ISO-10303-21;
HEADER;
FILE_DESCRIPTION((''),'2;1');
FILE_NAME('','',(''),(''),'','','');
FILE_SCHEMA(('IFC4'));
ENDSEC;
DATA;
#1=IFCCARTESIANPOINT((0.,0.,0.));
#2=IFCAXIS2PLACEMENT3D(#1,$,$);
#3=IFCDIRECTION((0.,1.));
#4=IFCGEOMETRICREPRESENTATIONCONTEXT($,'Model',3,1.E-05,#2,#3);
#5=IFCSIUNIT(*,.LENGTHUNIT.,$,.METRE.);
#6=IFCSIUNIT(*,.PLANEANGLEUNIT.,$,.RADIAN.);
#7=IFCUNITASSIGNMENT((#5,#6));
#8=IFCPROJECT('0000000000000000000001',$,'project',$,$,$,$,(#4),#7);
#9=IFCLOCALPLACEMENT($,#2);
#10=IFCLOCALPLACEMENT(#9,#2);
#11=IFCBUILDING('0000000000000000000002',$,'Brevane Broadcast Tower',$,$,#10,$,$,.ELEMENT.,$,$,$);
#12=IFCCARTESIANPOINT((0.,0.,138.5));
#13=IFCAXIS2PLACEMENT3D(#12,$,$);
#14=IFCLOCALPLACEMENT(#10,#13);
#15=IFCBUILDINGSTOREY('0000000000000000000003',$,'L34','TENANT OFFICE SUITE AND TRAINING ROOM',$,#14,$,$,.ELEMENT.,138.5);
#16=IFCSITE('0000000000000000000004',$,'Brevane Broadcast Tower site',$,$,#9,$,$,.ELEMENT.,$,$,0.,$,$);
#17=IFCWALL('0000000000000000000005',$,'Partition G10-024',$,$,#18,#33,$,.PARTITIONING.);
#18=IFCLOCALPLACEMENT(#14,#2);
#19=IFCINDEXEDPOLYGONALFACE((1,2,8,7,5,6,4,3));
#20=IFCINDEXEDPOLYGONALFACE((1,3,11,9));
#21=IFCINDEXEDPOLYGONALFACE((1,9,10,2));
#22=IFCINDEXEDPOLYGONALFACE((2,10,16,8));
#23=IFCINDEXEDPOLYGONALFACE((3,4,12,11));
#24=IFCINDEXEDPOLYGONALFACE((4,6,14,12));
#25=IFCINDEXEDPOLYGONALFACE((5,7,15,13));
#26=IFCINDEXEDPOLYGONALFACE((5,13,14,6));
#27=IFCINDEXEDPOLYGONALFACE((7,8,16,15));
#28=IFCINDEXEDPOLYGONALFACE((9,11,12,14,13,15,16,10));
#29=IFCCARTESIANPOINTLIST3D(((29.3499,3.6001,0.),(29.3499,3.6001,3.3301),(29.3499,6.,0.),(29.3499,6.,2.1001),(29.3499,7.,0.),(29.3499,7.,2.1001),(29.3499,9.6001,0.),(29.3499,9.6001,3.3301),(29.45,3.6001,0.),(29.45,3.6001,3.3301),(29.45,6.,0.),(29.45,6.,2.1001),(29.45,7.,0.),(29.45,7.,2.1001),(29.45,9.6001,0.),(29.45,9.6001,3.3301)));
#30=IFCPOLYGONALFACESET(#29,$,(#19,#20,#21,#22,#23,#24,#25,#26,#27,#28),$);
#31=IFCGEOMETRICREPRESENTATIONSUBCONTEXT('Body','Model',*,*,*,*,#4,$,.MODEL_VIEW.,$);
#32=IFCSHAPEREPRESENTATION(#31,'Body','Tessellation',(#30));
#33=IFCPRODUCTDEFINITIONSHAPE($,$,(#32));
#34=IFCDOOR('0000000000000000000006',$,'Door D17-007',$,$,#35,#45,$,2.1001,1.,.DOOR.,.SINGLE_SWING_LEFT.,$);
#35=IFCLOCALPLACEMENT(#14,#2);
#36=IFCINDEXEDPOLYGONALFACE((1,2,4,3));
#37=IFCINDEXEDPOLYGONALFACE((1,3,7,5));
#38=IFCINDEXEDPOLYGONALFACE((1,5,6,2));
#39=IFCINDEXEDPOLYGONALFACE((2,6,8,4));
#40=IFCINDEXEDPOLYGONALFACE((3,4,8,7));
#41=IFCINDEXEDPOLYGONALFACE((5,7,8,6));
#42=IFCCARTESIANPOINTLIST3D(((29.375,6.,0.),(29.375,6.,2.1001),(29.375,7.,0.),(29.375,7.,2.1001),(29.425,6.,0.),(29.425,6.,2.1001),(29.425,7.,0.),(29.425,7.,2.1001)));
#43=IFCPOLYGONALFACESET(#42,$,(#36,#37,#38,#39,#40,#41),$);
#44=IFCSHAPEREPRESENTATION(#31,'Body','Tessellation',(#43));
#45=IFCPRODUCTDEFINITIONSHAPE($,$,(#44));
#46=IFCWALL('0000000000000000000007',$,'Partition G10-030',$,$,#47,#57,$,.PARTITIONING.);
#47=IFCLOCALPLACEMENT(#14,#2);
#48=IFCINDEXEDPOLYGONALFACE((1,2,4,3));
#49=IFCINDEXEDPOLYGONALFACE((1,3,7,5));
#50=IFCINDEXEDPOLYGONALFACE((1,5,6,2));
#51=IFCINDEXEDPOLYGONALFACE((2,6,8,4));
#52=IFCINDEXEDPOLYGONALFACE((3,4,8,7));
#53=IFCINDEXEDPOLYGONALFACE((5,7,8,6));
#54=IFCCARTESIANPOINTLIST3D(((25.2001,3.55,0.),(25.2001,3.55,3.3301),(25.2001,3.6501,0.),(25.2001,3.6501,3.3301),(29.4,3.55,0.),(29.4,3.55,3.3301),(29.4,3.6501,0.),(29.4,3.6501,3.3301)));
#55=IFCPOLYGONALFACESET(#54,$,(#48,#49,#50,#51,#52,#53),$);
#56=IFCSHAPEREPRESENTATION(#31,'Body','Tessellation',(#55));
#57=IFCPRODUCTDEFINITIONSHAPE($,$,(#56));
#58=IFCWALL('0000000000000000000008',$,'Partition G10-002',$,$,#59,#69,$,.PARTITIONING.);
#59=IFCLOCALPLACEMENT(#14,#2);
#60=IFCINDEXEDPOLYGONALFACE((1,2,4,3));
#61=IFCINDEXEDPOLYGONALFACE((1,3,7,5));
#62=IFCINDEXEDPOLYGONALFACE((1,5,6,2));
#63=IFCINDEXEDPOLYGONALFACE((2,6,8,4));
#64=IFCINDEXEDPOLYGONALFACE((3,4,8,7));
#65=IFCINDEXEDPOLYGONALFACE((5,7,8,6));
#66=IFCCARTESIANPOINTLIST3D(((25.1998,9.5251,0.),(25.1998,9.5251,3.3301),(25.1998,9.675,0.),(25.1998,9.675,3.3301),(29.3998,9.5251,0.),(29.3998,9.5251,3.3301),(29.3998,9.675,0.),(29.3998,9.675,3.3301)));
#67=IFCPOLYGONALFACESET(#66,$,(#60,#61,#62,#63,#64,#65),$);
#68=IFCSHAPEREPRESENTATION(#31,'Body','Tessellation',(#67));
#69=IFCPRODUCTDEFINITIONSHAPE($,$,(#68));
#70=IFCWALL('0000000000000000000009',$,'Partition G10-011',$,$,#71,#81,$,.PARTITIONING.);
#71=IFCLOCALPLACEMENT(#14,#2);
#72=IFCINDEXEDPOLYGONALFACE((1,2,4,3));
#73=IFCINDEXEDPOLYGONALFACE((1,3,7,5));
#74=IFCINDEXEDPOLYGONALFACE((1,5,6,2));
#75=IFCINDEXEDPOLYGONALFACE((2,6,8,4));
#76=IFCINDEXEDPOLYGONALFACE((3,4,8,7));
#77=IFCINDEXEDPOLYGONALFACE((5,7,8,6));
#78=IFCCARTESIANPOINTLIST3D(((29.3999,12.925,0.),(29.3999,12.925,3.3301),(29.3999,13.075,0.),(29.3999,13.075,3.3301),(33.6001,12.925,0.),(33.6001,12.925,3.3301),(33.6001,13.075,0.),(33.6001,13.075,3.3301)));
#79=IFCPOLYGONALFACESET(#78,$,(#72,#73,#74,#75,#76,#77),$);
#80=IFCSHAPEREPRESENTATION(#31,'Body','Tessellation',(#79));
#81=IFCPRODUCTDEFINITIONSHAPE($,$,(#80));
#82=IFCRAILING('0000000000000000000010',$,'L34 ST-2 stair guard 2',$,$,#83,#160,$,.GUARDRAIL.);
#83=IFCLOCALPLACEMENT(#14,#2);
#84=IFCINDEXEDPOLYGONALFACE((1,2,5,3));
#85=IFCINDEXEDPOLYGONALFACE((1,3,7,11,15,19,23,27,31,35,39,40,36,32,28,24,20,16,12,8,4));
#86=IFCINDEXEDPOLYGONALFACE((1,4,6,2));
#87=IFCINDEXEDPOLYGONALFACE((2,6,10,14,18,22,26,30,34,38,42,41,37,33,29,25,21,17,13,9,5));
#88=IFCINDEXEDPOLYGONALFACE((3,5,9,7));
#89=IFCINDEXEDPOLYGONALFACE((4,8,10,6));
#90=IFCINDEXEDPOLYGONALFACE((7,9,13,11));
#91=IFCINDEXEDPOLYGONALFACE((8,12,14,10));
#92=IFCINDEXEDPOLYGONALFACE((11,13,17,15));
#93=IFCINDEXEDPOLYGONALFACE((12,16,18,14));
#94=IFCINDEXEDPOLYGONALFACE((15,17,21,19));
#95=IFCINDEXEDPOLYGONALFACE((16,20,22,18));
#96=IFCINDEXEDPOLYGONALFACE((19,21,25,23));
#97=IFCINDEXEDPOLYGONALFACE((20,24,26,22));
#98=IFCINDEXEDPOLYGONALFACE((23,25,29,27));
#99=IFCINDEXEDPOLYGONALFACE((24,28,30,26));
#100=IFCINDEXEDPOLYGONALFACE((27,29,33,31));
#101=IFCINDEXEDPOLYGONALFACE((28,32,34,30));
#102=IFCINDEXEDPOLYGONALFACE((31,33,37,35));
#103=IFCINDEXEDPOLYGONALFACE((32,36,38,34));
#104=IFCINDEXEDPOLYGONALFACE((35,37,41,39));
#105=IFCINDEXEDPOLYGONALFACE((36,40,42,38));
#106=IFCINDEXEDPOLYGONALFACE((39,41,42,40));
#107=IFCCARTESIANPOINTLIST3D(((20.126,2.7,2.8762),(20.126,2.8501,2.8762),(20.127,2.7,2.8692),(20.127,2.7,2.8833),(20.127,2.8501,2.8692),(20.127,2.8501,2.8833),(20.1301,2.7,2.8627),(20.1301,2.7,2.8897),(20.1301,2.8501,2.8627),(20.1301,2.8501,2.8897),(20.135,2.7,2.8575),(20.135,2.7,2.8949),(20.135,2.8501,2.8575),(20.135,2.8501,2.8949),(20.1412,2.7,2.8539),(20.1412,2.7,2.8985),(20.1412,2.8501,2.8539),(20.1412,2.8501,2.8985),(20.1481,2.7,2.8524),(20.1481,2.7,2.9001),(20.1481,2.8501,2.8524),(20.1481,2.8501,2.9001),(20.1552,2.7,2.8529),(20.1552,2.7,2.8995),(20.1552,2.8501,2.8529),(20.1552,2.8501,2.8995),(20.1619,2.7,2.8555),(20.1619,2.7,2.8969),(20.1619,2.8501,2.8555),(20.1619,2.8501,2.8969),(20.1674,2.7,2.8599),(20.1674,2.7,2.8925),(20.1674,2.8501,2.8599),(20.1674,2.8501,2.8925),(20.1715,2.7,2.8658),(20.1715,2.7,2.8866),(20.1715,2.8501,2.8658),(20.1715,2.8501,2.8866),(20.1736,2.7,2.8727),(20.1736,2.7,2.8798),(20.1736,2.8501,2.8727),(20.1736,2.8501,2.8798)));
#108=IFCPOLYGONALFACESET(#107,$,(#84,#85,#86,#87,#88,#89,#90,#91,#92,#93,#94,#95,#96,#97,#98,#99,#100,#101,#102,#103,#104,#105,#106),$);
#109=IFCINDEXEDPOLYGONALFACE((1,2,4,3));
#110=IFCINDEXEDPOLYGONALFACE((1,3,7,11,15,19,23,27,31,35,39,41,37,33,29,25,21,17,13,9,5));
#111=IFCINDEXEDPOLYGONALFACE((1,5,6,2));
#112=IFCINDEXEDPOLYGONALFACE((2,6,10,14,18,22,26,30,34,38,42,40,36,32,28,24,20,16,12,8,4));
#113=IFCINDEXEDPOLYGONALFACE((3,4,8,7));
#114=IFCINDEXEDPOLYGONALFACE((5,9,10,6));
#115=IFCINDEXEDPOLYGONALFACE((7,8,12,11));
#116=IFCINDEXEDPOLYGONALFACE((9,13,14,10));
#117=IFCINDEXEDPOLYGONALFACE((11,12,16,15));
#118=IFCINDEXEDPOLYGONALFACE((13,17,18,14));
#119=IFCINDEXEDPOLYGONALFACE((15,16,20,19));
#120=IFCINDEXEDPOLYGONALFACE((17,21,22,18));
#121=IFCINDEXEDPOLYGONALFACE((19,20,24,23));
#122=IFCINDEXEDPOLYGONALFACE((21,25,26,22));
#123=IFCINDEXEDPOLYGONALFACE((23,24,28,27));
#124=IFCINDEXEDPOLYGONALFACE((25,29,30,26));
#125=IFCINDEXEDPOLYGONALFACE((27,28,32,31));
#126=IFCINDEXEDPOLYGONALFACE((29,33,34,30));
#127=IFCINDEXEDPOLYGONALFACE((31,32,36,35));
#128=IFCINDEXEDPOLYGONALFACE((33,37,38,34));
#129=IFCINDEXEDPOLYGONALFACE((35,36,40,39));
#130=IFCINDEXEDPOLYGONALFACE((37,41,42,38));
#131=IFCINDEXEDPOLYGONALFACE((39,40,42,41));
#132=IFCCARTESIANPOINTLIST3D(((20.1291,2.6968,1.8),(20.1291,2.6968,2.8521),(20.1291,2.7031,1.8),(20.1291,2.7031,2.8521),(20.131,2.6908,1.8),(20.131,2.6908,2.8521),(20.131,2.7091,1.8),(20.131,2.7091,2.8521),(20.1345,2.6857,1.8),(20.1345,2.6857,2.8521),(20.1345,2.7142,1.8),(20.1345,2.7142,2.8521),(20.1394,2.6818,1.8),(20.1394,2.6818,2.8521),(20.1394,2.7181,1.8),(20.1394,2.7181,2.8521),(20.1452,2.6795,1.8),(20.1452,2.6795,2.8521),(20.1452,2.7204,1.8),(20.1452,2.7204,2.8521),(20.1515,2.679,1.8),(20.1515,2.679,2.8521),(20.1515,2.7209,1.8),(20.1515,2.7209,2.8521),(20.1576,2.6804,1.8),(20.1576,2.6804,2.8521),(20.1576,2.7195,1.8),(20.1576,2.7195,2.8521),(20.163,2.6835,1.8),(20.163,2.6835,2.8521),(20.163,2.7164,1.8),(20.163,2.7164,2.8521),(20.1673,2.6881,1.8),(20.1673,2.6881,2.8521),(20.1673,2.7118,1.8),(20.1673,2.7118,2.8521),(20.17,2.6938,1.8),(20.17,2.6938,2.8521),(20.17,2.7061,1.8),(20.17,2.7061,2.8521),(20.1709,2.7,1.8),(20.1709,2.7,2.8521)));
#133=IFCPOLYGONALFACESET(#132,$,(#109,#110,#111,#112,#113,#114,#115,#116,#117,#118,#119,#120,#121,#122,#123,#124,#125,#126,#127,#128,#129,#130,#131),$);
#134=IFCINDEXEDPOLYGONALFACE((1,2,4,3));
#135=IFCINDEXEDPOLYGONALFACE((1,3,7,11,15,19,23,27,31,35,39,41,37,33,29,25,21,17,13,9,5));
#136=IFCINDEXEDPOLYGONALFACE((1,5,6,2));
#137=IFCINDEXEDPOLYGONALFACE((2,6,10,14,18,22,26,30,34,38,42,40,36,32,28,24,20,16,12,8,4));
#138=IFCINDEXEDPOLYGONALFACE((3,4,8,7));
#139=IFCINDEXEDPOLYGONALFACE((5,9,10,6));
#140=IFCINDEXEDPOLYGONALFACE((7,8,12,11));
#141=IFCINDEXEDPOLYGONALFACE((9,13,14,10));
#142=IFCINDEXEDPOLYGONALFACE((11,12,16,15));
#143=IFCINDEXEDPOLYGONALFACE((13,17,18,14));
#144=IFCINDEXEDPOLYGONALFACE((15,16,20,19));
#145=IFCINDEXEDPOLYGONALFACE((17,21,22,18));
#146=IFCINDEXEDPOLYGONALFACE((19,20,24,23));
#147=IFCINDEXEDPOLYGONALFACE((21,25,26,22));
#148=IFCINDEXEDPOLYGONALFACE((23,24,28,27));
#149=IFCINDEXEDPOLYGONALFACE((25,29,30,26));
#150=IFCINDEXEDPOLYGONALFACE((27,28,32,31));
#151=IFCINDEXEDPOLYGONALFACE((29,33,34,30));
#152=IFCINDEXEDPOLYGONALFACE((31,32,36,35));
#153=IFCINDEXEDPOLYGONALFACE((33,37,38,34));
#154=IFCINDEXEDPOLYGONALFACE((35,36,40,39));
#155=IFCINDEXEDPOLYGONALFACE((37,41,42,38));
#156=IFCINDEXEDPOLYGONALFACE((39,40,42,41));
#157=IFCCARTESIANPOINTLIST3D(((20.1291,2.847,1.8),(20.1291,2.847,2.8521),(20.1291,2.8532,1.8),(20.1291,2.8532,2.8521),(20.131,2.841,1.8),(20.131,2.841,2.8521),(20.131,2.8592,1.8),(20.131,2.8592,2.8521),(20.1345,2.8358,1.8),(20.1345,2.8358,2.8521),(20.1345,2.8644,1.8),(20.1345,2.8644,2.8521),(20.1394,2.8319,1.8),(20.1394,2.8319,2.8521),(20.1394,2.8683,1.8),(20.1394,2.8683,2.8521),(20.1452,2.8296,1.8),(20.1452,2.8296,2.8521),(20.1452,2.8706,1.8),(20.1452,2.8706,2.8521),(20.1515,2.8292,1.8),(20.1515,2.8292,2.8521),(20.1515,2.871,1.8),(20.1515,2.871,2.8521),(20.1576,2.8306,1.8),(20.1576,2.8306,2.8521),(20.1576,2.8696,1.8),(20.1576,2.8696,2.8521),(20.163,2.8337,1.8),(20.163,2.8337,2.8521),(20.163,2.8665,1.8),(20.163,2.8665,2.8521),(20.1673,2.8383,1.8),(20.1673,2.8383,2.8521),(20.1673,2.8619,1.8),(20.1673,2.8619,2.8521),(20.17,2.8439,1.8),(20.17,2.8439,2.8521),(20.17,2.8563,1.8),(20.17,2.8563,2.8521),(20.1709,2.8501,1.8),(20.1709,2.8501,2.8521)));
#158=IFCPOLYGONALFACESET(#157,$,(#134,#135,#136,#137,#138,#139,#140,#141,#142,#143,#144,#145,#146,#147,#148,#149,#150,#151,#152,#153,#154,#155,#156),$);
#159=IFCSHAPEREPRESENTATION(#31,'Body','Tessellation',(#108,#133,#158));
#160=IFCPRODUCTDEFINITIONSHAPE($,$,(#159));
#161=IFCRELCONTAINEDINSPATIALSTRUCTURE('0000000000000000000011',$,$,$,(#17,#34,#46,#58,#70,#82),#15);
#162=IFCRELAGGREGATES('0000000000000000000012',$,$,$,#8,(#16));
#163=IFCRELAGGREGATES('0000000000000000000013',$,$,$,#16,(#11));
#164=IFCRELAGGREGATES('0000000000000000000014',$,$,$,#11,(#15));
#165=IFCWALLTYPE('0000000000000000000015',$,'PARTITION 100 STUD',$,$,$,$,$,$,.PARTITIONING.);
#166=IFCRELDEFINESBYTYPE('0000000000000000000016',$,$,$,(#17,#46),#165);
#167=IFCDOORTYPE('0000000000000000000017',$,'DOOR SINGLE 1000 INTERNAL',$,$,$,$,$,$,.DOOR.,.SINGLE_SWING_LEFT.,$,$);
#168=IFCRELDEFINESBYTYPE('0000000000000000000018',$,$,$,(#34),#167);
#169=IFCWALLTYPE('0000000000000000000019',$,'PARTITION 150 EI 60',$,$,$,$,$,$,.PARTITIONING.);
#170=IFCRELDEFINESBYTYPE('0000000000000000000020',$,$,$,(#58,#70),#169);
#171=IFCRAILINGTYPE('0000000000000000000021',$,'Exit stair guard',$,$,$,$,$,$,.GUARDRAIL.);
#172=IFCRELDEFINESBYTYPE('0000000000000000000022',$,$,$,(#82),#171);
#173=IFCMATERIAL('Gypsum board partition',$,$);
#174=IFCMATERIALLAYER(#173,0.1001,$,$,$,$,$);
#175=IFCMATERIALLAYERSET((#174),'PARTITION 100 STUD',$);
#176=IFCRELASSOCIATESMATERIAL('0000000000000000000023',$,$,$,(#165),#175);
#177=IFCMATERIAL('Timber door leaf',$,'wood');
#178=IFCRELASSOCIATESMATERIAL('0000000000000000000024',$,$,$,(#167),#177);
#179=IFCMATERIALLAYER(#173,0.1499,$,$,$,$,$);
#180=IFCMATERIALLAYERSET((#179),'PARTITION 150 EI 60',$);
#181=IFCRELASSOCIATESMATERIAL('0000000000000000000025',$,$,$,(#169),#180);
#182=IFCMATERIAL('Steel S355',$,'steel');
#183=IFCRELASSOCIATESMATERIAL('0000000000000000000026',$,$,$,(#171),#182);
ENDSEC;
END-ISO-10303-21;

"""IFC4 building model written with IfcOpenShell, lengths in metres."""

from ifc_helpers import new_model, si_unit, direction, frame, frame_2d, origin, origin_2d, place, context, subcontext, project, spatial, rectangle, circle, extrude, material, layer, layer_set, type_object, element, fill, save


model = new_model("IFC4")

# Units and contexts
model_context = context("Model", 3, precision=1e-05, world=origin(), true_north=direction((0.0, 1.0)))
body_context = subcontext(model_context, "Body", "Model", "MODEL_VIEW")
ifc_project = project(units=[si_unit("LENGTHUNIT", "METRE"), si_unit("PLANEANGLEUNIT", "RADIAN")], contexts=[model_context])

# Site, building, storey
site_placement = place(None, origin())
site = spatial("IfcSite", under=ifc_project, at=site_placement, Name="Brevane Broadcast Tower site", CompositionType="ELEMENT", RefElevation=0.0)
building_placement = place(site_placement, origin())
building = spatial("IfcBuilding", under=site, at=building_placement, Name="Brevane Broadcast Tower", CompositionType="ELEMENT")
storey_placement = place(building_placement, frame((0.0, 0.0, 138.5)))
storey = spatial("IfcBuildingStorey", under=building, at=storey_placement, Name="L34", Description="TENANT OFFICE SUITE AND TRAINING ROOM", CompositionType="ELEMENT", Elevation=138.5)

# Wall, opening, door
ifc_material_1 = material(Name="Gypsum board partition")
ifc_layer_1 = layer(ifc_material_1, 0.1001)
ifc_layer_set_1 = layer_set([ifc_layer_1], Name="PARTITION 100 STUD")
wall_type_1 = type_object("IfcWallType", Name="PARTITION 100 STUD", PredefinedType="PARTITIONING", material=ifc_layer_set_1)
ifc_material_2 = material(Name="Timber door leaf", Category="wood")
door_type_1 = type_object("IfcDoorType", Name="DOOR SINGLE 1000 INTERNAL", OperationType="SINGLE_SWING_LEFT", PredefinedType="DOOR", material=ifc_material_2)
wall_1_placement = place(storey_placement, frame((29.3999, 3.6001, 0.0), z_axis=(0.0, 0.0, 1.0), x_axis=(0.0, 1.0, 0.0)))
wall_1 = element("IfcWall", 1, at=wall_1_placement, inside=storey, type_object=wall_type_1, Name="Partition G10-024", PredefinedType="PARTITIONING", context=body_context, shape_type="SweptSolid", body=[
    extrude(rectangle(XDim=6.0, YDim=0.1001, at=frame_2d((3.0, 0.0))), origin(), (0.0, 0.0, 1.0), 3.3301),
])
opening_1_placement = place(wall_1_placement, frame((2.3999, 0.0, 0.0)))
opening_1 = element("IfcOpeningElement", 2, at=opening_1_placement, cuts=wall_1, PredefinedType="OPENING", context=body_context, shape_type="SweptSolid", body=[
    extrude(rectangle(XDim=1.0, YDim=2.1001, at=frame_2d((0.5, 1.05))), frame((0.0, 0.0601, 0.0), z_axis=(0.0, -1.0, 0.0), x_axis=(1.0, 0.0, 0.0)), (0.0, 0.0, 1.0), 0.1201),
])
door_1_placement = place(opening_1_placement, origin())
door_1 = element("IfcDoor", 3, at=door_1_placement, inside=storey, type_object=door_type_1, Name="Door D17-007", OperationType="SINGLE_SWING_LEFT", OverallHeight=2.1001, OverallWidth=1.0, PredefinedType="DOOR", context=body_context, shape_type="SweptSolid", body=[
    extrude(rectangle(XDim=1.0, YDim=2.1001, at=frame_2d((0.5, 1.05))), frame((0.0, 0.0249, 0.0), z_axis=(0.0, -1.0, 0.0), x_axis=(1.0, 0.0, 0.0)), (0.0, 0.0, 1.0), 0.05),
])
fill(opening_1, door_1)

# Walls
wall_2_placement = place(storey_placement, frame((25.2, 3.6001, 0.0), z_axis=(0.0, 0.0, 1.0), x_axis=(1.0, 0.0, 0.0)))
element("IfcWall", 4, at=wall_2_placement, inside=storey, type_object=wall_type_1, Name="Partition G10-030", PredefinedType="PARTITIONING", context=body_context, shape_type="SweptSolid", body=[
    extrude(rectangle(XDim=4.2, YDim=0.1001, at=frame_2d((2.1001, 0.0))), origin(), (0.0, 0.0, 1.0), 3.3301),
])
ifc_layer_2 = layer(ifc_material_1, 0.1499)
ifc_layer_set_2 = layer_set([ifc_layer_2], Name="PARTITION 150 EI 60")
wall_type_2 = type_object("IfcWallType", Name="PARTITION 150 EI 60", PredefinedType="PARTITIONING", material=ifc_layer_set_2)
wall_3_placement = place(storey_placement, frame((29.3999, 9.6001, 0.0), z_axis=(0.0, 0.0, 1.0), x_axis=(-1.0, 0.0, 0.0)))
element("IfcWall", 5, at=wall_3_placement, inside=storey, type_object=wall_type_2, Name="Partition G10-002", PredefinedType="PARTITIONING", context=body_context, shape_type="SweptSolid", body=[
    extrude(rectangle(XDim=4.2, YDim=0.1499, at=frame_2d((2.1001, 0.0))), origin(), (0.0, 0.0, 1.0), 3.3301),
])
wall_4_placement = place(storey_placement, frame((29.3999, 13.0, 0.0), z_axis=(0.0, 0.0, 1.0), x_axis=(1.0, 0.0, 0.0)))
element("IfcWall", 6, at=wall_4_placement, inside=storey, type_object=wall_type_2, Name="Partition G10-011", PredefinedType="PARTITIONING", context=body_context, shape_type="SweptSolid", body=[
    extrude(rectangle(XDim=4.2002, YDim=0.1499, at=frame_2d((2.1001, 0.0))), origin(), (0.0, 0.0, 1.0), 3.3301),
])

# Railing
ifc_material_3 = material(Name="Steel S355", Category="steel")
railing_type_1 = type_object("IfcRailingType", Name="Exit stair guard", PredefinedType="GUARDRAIL", material=ifc_material_3)
railing_1_placement = place(storey_placement, frame((20.1499, 2.7, 1.8)))
element("IfcRailing", 7, at=railing_1_placement, inside=storey, type_object=railing_type_1, Name="L34 ST-2 stair guard 2", PredefinedType="GUARDRAIL", context=body_context, shape_type="SweptSolid", body=[
    extrude(circle(Radius=0.0239, at=origin_2d()), frame((0.0, 0.0, 1.0762), z_axis=(0.0, 1.0, 0.0), x_axis=(-1.0, 0.0, 0.0)), (0.0, 0.0, 1.0), 0.1501),
    extrude(circle(Radius=0.021, at=origin_2d()), origin(), (0.0, 0.0, 1.0), 1.052),
    extrude(circle(Radius=0.021, at=origin_2d()), frame((0.0, 0.1501, 0.0)), (0.0, 0.0, 1.0), 1.052),
])

save(model, "model.ifc")
